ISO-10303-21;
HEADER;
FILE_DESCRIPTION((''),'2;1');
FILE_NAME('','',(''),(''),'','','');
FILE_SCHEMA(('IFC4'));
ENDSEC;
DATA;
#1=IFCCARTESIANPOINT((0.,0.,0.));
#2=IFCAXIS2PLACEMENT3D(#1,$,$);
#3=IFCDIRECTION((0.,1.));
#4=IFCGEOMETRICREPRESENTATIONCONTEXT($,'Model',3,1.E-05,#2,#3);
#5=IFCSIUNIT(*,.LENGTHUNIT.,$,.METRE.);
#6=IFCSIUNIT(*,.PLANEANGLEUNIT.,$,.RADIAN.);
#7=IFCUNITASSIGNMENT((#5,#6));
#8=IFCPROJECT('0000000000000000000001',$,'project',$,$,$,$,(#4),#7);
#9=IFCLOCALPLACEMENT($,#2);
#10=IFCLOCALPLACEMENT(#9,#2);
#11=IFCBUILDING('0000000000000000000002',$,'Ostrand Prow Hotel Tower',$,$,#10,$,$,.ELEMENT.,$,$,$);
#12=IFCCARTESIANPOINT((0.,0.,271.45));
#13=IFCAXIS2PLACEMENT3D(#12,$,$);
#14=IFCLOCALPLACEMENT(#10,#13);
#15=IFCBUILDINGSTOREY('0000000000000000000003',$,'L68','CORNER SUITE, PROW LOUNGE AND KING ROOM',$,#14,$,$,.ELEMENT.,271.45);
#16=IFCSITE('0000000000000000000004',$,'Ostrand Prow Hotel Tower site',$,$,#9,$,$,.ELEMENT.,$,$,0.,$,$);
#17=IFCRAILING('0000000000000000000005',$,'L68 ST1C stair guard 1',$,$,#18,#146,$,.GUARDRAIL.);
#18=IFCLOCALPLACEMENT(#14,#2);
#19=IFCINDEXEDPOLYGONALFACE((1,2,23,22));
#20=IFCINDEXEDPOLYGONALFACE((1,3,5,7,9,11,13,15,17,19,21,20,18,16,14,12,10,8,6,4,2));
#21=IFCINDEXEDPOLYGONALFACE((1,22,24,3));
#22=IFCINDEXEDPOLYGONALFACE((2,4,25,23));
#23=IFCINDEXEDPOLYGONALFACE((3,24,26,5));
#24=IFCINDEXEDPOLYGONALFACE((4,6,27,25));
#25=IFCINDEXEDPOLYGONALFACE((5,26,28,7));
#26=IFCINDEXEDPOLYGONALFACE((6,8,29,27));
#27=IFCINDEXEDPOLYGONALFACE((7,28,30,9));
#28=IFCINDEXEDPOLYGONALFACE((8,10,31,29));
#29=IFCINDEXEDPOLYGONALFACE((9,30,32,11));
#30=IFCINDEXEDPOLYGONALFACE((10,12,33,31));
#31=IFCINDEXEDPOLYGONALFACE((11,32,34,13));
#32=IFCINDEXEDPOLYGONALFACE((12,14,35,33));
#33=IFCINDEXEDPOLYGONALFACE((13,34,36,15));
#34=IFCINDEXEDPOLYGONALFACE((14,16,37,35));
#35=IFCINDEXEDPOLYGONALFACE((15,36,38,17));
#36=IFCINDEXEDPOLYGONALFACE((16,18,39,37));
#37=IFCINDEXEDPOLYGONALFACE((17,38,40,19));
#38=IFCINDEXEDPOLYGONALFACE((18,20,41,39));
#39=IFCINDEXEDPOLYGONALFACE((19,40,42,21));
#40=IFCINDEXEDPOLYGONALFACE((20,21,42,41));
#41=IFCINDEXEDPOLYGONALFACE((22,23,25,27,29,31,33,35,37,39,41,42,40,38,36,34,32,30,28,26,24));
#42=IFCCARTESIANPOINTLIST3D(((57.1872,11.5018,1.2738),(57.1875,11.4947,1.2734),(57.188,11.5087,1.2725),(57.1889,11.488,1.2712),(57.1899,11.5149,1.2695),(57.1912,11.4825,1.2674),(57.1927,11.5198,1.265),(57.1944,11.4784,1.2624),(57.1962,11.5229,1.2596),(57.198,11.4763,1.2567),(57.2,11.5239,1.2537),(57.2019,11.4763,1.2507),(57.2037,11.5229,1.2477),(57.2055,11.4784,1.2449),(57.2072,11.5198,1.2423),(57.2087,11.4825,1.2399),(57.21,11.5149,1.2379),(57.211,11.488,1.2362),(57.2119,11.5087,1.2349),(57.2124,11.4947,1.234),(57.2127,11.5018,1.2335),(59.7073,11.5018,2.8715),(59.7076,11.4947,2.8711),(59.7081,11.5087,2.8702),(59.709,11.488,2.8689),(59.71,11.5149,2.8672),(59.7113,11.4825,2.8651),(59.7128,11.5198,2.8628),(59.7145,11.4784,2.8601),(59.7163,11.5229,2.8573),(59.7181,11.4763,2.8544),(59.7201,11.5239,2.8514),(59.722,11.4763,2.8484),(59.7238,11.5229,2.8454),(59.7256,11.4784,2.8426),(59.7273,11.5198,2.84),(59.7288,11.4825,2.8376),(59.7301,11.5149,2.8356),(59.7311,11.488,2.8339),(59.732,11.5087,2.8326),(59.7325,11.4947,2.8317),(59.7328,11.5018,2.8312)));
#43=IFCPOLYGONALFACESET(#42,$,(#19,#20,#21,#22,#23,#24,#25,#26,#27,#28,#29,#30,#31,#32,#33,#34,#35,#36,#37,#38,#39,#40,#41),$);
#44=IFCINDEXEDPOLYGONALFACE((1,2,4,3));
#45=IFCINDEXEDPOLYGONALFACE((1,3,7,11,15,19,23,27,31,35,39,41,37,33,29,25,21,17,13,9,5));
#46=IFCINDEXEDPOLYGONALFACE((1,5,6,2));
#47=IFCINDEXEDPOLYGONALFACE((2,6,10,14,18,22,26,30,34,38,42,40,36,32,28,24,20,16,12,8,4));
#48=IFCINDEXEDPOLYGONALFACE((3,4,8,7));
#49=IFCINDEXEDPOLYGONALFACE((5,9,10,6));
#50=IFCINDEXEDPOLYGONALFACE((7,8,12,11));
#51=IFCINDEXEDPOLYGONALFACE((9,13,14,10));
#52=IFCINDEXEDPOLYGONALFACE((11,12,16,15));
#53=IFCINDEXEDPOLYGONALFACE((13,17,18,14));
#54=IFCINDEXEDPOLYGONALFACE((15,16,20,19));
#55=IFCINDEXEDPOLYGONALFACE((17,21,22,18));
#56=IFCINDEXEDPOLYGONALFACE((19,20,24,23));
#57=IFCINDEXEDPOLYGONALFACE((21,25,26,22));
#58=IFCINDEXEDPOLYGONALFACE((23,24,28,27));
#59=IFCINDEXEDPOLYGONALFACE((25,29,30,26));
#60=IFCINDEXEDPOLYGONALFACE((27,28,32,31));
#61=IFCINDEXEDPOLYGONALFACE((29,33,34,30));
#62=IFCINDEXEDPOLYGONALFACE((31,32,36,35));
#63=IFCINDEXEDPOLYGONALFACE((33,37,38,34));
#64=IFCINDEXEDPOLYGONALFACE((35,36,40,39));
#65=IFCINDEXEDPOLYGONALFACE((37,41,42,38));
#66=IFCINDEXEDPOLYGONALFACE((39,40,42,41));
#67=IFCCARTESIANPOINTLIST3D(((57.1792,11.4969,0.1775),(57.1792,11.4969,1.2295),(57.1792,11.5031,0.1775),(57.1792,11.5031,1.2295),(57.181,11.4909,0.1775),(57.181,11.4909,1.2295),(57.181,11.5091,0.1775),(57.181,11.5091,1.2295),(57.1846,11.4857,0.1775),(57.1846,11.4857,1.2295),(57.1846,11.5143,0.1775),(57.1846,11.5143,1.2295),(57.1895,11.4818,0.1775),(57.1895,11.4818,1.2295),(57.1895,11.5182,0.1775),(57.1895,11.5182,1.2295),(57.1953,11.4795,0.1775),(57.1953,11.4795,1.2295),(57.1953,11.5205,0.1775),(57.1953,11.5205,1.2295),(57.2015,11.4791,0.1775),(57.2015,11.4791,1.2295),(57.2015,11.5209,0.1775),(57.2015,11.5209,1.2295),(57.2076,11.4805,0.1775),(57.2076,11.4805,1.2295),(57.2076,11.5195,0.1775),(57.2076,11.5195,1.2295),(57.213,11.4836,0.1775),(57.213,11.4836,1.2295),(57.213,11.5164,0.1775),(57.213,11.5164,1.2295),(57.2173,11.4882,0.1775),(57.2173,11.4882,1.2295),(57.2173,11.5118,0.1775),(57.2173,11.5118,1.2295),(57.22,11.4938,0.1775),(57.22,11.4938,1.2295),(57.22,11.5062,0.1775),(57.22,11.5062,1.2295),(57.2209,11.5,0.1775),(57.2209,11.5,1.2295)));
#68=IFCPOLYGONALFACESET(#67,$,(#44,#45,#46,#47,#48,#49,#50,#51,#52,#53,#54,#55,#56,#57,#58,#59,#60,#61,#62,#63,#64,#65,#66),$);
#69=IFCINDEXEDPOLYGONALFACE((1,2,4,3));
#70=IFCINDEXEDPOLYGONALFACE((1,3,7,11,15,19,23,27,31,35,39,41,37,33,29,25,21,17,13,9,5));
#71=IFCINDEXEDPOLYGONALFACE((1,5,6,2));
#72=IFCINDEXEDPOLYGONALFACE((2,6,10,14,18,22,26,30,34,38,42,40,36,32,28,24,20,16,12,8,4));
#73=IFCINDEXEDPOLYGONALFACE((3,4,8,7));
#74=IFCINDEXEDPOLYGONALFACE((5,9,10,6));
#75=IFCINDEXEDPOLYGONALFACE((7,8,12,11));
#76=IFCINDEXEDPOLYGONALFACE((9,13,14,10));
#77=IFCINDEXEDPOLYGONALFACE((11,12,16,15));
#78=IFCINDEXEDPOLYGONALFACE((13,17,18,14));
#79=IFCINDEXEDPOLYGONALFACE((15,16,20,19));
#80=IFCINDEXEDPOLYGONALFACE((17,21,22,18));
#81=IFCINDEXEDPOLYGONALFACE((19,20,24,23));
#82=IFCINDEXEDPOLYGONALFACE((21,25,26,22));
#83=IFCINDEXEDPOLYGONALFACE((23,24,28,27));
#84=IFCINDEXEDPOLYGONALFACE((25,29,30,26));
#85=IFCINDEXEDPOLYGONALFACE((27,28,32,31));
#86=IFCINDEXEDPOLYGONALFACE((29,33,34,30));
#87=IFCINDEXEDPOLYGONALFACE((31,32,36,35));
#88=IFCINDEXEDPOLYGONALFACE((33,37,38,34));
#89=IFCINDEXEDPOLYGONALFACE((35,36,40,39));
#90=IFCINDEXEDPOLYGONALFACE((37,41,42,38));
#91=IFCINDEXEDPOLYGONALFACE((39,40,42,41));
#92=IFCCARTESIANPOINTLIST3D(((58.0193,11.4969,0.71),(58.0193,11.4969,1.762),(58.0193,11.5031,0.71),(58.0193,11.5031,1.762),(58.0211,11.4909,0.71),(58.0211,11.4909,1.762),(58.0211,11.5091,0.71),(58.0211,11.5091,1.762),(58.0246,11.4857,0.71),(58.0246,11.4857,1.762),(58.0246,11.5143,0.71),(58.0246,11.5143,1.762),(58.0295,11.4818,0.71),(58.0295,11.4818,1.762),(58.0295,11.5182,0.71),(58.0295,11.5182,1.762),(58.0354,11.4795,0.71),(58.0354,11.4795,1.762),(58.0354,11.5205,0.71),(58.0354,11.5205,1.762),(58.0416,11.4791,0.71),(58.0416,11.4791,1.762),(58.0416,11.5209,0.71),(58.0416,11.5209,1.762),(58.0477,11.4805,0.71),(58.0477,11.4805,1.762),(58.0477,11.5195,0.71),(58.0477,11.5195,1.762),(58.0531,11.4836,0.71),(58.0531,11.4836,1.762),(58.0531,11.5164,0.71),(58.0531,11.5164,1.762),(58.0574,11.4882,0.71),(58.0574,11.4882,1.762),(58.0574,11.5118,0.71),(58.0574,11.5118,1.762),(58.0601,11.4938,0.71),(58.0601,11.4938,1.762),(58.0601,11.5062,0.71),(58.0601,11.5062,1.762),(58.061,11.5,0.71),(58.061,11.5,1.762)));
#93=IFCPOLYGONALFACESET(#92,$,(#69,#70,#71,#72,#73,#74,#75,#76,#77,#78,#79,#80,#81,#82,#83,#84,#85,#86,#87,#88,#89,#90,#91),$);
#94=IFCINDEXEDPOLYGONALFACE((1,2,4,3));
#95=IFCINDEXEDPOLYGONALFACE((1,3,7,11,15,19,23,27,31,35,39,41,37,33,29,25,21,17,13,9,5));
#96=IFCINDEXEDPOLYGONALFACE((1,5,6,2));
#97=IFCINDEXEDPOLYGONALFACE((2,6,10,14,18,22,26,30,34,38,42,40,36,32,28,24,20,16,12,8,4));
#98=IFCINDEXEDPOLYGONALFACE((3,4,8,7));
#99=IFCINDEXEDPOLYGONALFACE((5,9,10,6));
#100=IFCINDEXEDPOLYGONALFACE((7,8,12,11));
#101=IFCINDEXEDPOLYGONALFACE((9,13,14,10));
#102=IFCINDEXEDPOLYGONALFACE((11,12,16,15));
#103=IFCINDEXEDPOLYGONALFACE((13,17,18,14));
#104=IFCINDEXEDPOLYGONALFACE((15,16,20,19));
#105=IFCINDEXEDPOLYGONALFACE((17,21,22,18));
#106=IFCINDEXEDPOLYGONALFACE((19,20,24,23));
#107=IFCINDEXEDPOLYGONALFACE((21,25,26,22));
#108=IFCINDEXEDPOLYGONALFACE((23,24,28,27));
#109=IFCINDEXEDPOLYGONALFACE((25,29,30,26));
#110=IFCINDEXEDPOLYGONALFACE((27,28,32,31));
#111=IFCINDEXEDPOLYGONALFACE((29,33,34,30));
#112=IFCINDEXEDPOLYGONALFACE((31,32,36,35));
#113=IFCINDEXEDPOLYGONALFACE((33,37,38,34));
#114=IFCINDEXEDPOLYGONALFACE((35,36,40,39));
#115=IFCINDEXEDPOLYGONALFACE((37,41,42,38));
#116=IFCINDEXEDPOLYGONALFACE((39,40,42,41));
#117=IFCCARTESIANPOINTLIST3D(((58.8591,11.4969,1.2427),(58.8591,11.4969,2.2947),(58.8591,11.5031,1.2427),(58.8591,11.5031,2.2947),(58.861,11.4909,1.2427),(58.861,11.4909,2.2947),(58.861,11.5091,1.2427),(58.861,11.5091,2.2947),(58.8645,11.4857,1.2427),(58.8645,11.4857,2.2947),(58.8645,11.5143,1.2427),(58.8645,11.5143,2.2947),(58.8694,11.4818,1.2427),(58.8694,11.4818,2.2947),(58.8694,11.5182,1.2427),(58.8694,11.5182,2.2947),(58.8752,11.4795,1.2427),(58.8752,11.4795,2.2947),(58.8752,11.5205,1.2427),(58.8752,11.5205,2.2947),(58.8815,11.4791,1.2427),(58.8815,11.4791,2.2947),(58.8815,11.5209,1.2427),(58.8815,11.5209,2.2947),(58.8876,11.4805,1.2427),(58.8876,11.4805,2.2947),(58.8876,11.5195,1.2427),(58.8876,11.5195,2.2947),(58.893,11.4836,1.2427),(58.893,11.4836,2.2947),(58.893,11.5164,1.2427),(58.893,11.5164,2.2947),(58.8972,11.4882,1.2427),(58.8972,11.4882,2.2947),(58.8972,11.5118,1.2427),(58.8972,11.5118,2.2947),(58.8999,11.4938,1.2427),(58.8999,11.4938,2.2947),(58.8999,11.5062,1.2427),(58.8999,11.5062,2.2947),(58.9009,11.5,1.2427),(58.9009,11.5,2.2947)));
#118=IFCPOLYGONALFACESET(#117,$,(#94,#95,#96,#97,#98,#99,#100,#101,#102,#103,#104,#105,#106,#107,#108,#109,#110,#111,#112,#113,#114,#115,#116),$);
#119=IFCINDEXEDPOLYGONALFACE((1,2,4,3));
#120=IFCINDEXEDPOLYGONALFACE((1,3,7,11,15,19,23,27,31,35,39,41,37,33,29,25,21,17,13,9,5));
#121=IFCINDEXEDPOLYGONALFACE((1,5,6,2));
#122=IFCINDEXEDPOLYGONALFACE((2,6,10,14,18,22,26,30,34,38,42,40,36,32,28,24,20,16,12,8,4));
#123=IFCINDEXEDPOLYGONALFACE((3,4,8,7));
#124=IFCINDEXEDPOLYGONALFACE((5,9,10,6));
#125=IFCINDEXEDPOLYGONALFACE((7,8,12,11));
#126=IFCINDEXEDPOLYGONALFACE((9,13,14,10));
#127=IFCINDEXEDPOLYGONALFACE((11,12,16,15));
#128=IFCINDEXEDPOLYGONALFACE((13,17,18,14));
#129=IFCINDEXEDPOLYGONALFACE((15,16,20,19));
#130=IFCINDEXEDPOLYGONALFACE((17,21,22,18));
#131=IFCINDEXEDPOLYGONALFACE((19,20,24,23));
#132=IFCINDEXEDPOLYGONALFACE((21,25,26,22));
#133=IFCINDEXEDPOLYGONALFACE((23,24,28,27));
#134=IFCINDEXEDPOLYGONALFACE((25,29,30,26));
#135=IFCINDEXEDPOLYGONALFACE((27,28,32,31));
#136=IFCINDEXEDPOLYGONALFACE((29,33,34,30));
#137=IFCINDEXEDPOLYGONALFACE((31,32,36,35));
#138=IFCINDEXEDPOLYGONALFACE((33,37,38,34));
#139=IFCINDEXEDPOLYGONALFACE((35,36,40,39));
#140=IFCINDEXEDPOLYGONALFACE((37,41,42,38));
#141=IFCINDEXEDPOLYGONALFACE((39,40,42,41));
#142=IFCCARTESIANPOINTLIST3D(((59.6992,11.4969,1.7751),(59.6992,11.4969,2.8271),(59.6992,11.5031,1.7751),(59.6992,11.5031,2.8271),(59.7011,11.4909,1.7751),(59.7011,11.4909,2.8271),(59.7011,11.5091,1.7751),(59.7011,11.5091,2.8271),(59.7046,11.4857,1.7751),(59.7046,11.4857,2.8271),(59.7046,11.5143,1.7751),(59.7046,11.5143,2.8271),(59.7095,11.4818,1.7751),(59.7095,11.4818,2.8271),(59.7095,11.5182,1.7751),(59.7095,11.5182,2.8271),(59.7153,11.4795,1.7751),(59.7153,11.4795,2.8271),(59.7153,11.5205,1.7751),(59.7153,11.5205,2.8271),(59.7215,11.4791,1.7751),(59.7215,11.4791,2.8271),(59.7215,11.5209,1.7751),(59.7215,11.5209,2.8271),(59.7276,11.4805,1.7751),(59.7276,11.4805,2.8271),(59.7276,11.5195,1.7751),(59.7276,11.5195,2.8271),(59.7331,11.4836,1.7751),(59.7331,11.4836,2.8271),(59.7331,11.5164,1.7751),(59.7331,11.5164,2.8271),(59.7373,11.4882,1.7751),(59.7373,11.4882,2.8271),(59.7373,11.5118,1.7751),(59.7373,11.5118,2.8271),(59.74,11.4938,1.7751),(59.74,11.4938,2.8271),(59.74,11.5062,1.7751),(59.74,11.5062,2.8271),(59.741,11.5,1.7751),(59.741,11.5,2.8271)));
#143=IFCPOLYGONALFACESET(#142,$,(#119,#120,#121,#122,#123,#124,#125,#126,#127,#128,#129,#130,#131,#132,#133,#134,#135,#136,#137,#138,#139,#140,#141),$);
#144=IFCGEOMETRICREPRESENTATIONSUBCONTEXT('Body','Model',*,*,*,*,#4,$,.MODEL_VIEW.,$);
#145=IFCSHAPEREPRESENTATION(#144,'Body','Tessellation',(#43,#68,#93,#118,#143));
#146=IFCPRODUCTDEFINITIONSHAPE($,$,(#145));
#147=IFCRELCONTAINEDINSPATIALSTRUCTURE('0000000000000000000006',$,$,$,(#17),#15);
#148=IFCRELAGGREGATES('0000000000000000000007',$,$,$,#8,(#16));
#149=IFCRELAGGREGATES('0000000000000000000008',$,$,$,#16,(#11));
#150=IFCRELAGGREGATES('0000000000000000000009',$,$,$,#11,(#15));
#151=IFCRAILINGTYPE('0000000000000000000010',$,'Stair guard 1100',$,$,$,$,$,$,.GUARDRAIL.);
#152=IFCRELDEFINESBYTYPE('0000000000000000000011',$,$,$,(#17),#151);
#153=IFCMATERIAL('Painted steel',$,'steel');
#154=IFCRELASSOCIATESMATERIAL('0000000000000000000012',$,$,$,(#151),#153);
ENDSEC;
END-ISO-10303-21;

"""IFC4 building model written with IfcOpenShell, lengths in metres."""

from ifc_helpers import new_model, si_unit, direction, frame, origin, origin_2d, place, context, subcontext, project, spatial, circle, extrude, material, type_object, element, save


model = new_model("IFC4")

# Units and contexts
model_context = context("Model", 3, precision=1e-05, world=origin(), true_north=direction((0.0, 1.0)))
body_context = subcontext(model_context, "Body", "Model", "MODEL_VIEW")
ifc_project = project(units=[si_unit("LENGTHUNIT", "METRE"), si_unit("PLANEANGLEUNIT", "RADIAN")], contexts=[model_context])

# Site, building, storey
site_placement = place(None, origin())
site = spatial("IfcSite", under=ifc_project, at=site_placement, Name="Ostrand Prow Hotel Tower site", CompositionType="ELEMENT", RefElevation=0.0)
building_placement = place(site_placement, origin())
building = spatial("IfcBuilding", under=site, at=building_placement, Name="Ostrand Prow Hotel Tower", CompositionType="ELEMENT")
storey_placement = place(building_placement, frame((0.0, 0.0, 271.45)))
storey = spatial("IfcBuildingStorey", under=building, at=storey_placement, Name="L68", Description="CORNER SUITE, PROW LOUNGE AND KING ROOM", CompositionType="ELEMENT", Elevation=271.45)

# Railing
ifc_material_1 = material(Name="Painted steel", Category="steel")
railing_type_1 = type_object("IfcRailingType", Name="Stair guard 1100", PredefinedType="GUARDRAIL", material=ifc_material_1)
railing_1_placement = place(storey_placement, frame((57.2, 11.5, 0.1775)))
element("IfcRailing", 1, at=railing_1_placement, inside=storey, type_object=railing_type_1, Name="L68 ST1C stair guard 1", PredefinedType="GUARDRAIL", context=body_context, shape_type="SweptSolid", body=[
    extrude(circle(Radius=0.0239, at=origin_2d()), frame((0.0, 0.0, 1.0762), z_axis=(0.84457, 0.0, 0.535445), x_axis=(0.0, 1.0, 0.0)), (0.0, 0.0, 1.0), 2.9839),
    extrude(circle(Radius=0.021, at=origin_2d()), origin(), (0.0, 0.0, 1.0), 1.052),
    extrude(circle(Radius=0.021, at=origin_2d()), frame((0.8401, 0.0, 0.5325)), (0.0, 0.0, 1.0), 1.052),
    extrude(circle(Radius=0.021, at=origin_2d()), frame((1.6799, 0.0, 1.0652)), (0.0, 0.0, 1.0), 1.052),
    extrude(circle(Radius=0.021, at=origin_2d()), frame((2.52, 0.0, 1.5977)), (0.0, 0.0, 1.0), 1.052),
])

save(model, "model.ifc")
